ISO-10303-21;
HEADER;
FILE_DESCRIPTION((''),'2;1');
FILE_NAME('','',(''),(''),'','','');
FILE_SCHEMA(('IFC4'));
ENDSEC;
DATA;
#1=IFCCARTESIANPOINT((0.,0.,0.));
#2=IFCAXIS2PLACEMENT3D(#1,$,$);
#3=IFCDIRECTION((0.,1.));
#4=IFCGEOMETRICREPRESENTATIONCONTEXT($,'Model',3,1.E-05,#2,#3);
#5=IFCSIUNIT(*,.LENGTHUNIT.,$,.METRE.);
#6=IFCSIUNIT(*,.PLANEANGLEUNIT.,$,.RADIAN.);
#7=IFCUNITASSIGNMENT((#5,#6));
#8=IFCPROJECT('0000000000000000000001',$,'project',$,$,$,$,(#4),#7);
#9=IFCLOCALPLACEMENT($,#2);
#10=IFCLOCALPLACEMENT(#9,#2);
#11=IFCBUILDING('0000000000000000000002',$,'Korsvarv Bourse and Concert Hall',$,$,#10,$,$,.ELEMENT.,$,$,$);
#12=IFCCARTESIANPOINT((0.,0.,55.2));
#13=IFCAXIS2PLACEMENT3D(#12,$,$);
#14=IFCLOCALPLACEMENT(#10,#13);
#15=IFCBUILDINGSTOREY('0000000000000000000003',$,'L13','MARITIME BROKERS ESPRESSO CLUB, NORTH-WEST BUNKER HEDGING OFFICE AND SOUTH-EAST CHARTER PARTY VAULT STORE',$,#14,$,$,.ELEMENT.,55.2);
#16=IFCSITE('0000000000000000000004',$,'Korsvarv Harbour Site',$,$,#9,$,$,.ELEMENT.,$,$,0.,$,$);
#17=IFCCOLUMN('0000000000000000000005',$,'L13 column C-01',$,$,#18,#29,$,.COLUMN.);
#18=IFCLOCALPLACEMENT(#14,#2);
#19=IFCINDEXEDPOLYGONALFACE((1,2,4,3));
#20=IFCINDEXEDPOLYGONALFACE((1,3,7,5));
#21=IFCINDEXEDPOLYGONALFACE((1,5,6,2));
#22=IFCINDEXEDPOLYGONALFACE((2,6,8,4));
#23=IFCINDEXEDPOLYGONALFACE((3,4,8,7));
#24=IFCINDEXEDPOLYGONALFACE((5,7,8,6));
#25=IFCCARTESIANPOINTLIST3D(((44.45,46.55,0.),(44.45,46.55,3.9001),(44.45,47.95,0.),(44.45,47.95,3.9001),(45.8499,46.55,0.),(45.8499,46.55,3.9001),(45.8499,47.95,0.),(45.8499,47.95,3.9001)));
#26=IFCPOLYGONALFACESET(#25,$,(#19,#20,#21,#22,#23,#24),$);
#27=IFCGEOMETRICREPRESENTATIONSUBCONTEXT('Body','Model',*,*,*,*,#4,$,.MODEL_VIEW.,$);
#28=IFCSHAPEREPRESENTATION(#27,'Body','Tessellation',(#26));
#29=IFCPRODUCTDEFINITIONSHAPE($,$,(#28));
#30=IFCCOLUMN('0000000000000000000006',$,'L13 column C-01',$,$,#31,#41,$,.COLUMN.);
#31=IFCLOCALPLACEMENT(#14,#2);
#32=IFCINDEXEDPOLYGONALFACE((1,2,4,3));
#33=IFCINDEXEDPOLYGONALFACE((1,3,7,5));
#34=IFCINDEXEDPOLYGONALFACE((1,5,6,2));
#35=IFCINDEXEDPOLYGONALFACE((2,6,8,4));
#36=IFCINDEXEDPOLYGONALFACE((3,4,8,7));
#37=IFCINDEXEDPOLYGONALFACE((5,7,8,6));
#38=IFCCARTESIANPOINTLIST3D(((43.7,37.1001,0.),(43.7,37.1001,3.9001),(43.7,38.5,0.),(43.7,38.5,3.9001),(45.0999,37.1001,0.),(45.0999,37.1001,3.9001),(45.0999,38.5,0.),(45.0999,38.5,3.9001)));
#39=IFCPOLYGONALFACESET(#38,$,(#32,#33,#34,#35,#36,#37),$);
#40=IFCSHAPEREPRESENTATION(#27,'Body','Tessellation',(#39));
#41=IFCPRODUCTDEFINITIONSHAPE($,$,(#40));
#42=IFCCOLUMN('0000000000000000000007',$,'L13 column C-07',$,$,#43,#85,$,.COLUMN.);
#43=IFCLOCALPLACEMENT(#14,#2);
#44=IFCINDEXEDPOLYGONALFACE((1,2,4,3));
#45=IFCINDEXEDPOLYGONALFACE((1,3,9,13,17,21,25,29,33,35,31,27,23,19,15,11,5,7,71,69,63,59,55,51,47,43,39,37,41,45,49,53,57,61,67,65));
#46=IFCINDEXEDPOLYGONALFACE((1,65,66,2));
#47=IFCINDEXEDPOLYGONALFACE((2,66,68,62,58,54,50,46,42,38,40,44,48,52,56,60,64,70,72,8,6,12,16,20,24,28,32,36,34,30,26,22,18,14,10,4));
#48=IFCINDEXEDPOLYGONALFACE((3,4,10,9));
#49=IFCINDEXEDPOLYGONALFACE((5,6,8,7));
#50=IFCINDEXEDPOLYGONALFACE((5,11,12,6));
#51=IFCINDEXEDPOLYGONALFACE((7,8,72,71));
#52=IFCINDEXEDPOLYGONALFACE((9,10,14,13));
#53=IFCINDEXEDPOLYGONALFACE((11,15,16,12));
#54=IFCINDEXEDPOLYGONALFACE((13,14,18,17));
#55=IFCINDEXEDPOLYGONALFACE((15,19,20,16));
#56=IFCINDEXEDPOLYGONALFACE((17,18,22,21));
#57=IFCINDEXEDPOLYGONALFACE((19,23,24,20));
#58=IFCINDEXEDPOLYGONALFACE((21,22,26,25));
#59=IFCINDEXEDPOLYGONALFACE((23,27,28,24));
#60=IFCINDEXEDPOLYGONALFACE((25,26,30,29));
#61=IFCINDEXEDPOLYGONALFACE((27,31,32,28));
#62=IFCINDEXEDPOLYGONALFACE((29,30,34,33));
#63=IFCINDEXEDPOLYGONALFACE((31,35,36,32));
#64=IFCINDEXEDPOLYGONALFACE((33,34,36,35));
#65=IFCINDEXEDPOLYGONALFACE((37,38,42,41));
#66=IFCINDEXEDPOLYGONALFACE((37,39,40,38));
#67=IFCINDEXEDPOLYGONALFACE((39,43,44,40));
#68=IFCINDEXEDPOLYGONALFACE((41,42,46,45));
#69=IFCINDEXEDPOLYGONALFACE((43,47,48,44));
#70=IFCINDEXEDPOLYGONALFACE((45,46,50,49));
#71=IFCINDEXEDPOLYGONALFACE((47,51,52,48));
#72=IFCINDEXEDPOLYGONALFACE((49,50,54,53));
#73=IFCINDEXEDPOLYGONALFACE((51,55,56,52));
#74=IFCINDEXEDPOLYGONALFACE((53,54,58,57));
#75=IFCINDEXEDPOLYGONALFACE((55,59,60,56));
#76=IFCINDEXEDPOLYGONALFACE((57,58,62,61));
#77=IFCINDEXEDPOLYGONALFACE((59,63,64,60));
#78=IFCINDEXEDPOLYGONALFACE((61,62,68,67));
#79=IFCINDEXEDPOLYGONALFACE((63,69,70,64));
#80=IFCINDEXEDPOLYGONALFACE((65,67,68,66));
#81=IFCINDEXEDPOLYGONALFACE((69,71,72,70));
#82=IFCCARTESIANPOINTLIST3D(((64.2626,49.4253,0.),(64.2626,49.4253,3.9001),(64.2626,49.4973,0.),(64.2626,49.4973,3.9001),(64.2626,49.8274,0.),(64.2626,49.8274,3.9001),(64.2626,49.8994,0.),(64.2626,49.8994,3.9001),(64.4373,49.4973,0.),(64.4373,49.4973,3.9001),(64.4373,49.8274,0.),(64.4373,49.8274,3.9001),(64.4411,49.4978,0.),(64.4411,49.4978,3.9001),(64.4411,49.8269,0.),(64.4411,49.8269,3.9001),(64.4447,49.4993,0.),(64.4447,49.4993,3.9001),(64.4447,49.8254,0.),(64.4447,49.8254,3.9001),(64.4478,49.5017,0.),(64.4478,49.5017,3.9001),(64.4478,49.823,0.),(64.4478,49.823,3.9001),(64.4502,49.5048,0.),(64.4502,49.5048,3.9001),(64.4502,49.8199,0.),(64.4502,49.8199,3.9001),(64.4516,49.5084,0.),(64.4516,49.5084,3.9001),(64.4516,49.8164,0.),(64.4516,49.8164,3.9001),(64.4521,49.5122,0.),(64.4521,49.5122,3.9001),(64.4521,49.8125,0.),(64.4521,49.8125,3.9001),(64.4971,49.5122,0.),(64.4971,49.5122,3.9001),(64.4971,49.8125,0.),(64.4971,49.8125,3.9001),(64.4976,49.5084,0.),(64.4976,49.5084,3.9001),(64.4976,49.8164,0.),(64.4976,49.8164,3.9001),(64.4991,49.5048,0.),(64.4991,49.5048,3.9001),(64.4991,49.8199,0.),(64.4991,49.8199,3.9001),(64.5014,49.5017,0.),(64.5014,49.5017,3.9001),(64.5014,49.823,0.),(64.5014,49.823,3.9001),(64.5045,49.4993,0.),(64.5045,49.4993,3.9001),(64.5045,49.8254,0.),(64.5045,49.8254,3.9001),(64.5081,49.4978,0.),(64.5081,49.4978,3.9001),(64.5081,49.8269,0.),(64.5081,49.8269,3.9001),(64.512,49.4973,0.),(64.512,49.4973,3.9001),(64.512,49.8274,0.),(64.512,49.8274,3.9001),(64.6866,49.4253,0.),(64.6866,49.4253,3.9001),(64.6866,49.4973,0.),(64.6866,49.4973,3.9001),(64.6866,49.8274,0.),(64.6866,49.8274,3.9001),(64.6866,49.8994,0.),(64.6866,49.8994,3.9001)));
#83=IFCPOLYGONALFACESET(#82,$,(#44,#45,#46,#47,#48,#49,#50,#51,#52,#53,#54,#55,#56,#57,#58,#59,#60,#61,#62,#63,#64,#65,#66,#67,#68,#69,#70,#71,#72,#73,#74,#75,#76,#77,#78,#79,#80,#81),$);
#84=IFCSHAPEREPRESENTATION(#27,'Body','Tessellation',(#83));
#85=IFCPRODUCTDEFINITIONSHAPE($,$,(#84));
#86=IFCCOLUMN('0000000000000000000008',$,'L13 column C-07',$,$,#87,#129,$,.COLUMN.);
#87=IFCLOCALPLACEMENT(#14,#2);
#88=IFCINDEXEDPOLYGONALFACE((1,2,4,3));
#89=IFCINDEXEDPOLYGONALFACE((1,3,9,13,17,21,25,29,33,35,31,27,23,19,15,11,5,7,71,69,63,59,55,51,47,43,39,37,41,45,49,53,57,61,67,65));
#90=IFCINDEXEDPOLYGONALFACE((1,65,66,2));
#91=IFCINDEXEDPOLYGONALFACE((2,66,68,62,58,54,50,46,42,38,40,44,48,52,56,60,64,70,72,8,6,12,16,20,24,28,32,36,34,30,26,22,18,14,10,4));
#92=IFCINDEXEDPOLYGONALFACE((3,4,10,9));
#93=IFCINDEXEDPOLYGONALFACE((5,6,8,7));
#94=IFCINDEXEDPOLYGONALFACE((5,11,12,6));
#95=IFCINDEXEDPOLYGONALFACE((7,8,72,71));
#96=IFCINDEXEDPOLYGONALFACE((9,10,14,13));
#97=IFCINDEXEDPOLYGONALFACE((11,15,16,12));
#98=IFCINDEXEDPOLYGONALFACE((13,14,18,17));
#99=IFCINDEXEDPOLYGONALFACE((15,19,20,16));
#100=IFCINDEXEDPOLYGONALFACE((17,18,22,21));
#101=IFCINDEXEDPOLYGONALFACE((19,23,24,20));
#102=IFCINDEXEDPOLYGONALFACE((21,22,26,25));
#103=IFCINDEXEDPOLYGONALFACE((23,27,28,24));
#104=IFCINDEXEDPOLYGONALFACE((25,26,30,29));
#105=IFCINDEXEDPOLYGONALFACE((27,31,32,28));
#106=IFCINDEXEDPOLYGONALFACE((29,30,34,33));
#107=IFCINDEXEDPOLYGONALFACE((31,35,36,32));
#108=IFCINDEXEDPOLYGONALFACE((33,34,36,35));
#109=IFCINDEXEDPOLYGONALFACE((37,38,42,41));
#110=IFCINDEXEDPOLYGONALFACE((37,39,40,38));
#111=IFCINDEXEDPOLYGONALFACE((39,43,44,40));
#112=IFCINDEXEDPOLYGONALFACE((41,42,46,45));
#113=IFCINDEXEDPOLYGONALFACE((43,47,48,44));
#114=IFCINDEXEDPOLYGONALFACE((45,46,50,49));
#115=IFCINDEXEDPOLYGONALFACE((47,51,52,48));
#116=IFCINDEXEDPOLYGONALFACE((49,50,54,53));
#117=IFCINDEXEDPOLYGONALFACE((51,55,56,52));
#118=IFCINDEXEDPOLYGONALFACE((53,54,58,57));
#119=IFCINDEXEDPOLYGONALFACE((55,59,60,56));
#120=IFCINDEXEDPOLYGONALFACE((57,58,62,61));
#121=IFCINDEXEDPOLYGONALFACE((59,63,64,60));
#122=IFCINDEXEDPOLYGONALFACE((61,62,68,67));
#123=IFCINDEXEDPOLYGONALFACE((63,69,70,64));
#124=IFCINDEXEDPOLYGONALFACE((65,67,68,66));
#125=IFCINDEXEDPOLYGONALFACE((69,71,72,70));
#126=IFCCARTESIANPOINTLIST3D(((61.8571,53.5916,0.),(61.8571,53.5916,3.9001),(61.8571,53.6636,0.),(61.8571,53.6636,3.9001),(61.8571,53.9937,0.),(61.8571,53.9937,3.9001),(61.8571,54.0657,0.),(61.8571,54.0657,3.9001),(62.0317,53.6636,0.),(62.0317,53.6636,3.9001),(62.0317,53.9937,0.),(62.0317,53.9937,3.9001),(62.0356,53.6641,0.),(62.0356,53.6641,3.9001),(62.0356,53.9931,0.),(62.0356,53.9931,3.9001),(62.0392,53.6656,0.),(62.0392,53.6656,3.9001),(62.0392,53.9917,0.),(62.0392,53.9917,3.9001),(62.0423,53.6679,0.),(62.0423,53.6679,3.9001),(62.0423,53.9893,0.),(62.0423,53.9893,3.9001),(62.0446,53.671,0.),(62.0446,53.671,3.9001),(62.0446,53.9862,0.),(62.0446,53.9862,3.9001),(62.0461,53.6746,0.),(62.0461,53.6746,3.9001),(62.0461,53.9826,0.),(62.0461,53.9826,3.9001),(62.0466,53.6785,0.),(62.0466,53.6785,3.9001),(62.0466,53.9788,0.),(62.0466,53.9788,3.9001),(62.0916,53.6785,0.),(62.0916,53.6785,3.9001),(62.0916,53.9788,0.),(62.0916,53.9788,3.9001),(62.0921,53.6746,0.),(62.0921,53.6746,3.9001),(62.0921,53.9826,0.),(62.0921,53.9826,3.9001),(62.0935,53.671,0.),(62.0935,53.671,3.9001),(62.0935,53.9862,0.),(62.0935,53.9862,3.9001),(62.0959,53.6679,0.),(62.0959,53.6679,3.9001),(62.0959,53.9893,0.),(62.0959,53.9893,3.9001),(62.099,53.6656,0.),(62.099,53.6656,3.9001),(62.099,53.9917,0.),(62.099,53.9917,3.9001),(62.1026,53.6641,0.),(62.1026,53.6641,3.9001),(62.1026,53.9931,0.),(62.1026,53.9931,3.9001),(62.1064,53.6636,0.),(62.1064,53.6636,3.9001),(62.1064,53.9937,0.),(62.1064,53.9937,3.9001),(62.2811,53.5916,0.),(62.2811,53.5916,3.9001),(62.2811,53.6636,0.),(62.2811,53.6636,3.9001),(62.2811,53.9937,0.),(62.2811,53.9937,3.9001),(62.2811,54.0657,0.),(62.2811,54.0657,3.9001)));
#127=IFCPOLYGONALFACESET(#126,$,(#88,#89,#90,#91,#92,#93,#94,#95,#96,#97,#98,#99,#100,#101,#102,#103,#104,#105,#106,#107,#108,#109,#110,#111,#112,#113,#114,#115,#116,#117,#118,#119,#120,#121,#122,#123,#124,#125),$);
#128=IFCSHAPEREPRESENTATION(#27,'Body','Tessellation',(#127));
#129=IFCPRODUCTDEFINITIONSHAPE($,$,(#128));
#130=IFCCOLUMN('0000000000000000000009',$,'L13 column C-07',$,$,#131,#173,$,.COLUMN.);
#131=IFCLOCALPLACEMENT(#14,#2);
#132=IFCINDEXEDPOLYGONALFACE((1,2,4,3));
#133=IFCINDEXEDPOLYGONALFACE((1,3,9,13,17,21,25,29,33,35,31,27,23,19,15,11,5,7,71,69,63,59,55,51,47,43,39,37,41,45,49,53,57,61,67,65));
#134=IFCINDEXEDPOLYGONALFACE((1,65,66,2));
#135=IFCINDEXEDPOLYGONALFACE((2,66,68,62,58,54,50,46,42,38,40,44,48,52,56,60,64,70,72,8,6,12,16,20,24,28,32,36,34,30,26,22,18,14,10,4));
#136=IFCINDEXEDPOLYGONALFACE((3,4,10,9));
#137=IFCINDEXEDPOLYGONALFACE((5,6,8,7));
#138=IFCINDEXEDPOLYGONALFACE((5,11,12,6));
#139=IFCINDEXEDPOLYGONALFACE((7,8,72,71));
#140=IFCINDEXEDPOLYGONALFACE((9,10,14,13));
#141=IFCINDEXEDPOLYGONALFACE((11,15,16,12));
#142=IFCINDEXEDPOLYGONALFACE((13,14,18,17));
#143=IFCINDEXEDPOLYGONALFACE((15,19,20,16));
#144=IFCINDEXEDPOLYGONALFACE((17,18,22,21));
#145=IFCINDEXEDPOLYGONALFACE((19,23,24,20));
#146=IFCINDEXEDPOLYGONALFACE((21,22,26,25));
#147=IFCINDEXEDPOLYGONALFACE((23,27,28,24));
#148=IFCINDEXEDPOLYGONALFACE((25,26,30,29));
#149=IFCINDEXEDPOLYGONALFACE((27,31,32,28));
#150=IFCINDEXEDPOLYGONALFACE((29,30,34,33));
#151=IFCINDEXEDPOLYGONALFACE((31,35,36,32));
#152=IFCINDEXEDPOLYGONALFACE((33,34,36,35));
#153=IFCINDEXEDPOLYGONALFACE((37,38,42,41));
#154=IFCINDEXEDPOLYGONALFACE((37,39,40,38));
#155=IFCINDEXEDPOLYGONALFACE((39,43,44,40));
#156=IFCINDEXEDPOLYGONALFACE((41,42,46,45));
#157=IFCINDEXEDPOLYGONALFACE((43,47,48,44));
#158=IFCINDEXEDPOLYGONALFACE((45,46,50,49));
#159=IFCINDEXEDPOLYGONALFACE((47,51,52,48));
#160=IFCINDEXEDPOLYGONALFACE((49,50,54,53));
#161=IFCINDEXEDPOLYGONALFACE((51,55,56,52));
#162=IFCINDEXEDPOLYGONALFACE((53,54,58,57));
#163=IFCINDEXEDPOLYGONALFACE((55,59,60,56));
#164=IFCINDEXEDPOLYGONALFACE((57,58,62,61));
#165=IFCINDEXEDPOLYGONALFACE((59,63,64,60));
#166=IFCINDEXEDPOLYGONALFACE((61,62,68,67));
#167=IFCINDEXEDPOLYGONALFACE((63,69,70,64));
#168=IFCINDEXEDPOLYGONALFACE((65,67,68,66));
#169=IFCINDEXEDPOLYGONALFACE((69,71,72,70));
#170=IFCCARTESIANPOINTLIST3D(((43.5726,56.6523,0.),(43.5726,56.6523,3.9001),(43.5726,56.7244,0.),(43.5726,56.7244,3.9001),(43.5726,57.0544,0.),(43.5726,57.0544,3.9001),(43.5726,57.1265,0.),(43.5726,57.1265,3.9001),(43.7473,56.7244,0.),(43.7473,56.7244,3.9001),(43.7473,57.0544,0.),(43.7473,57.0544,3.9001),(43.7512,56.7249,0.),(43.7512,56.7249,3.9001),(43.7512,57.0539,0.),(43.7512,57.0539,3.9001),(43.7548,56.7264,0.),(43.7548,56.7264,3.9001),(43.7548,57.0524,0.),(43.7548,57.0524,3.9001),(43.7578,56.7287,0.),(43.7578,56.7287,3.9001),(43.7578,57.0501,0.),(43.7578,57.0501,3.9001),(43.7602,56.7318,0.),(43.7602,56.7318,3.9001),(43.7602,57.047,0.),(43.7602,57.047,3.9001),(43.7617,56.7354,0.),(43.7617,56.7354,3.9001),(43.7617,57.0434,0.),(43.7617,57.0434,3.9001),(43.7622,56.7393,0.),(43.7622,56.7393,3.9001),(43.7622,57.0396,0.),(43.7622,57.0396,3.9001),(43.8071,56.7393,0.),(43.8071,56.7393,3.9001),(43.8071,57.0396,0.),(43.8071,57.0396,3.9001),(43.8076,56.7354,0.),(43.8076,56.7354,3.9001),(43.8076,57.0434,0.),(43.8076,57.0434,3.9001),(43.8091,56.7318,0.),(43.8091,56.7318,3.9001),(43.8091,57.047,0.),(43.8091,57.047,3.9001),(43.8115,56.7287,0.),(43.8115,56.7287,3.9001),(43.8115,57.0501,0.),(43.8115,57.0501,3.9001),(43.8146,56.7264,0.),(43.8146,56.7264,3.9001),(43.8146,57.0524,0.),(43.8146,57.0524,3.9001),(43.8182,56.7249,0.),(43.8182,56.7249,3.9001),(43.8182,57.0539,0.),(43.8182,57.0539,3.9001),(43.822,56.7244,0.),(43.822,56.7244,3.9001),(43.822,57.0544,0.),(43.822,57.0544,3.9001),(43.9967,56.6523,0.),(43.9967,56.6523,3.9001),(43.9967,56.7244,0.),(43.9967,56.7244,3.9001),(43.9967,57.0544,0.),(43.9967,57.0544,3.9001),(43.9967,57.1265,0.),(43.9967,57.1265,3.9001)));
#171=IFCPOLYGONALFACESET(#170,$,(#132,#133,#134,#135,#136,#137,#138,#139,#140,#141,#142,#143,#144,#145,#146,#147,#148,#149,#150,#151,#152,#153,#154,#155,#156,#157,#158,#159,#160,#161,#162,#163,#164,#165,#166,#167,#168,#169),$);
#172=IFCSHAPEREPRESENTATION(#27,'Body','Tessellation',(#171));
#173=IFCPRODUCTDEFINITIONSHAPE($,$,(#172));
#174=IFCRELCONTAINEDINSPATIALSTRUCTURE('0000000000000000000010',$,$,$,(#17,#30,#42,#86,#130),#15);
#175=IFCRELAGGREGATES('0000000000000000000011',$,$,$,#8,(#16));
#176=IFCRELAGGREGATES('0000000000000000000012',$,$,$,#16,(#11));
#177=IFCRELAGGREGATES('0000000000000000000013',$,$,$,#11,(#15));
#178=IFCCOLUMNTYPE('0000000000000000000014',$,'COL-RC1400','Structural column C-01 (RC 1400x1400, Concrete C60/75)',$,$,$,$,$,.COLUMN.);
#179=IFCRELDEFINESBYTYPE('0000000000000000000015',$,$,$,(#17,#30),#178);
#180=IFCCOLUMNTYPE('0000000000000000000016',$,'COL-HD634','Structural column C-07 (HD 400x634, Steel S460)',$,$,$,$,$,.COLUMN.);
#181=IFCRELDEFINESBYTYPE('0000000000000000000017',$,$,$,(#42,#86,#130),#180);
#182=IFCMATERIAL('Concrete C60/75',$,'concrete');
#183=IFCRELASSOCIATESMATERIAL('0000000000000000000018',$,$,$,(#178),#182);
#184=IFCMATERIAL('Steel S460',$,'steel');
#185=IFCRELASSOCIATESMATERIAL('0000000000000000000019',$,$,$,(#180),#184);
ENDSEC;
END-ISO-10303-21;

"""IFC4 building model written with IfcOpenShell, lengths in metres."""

from ifc_helpers import new_model, si_unit, direction, frame, origin, origin_2d, place, context, subcontext, project, spatial, rectangle, i_section, extrude, source, transform, mapped, material, material_profile, profile_set, type_object, element, save


model = new_model("IFC4")

# Units and contexts
model_context = context("Model", 3, precision=1e-05, world=origin(), true_north=direction((0.0, 1.0)))
body_context = subcontext(model_context, "Body", "Model", "MODEL_VIEW")
ifc_project = project(units=[si_unit("LENGTHUNIT", "METRE"), si_unit("PLANEANGLEUNIT", "RADIAN")], contexts=[model_context])

# Site, building, storey
site_placement = place(None, origin())
site = spatial("IfcSite", under=ifc_project, at=site_placement, Name="Korsvarv Harbour Site", CompositionType="ELEMENT", RefElevation=0.0)
building_placement = place(site_placement, origin())
building = spatial("IfcBuilding", under=site, at=building_placement, Name="Korsvarv Bourse and Concert Hall", CompositionType="ELEMENT")
storey_placement = place(building_placement, frame((0.0, 0.0, 55.2)))
storey = spatial("IfcBuildingStorey", under=building, at=storey_placement, Name="L13", Description="MARITIME BROKERS ESPRESSO CLUB, NORTH-WEST BUNKER HEDGING OFFICE AND SOUTH-EAST CHARTER PARTY VAULT STORE", CompositionType="ELEMENT", Elevation=55.2)

# Columns
ifc_material_1 = material(Name="Concrete C60/75", Category="concrete")
ifc_material_profile_1 = material_profile(ifc_material_1, rectangle(XDim=1.3999, YDim=1.3999, at=origin_2d()), Name="RC 1400x1400")
ifc_profile_set_1 = profile_set([ifc_material_profile_1], Name="Concrete C60/75")
column_type_1 = type_object("IfcColumnType", Name="COL-RC1400", Description="Structural column C-01 (RC 1400x1400, Concrete C60/75)", PredefinedType="COLUMN", material=ifc_profile_set_1)
shared_shape_1 = source(origin(), body_context, "Body", "SweptSolid", [
    extrude(rectangle(XDim=1.3999, YDim=1.3999, at=origin_2d()), origin(), (0.0, 0.0, 1.0), 3.9001),
])
for number, where, z_axis, x_axis, name in (
    (1, (45.1499, 47.25, 0.0), (0.0, 0.0, 1.0), (1.0, 0.0, 0.0), "L13 column C-01"),
    (2, (44.3999, 37.8, 0.0), (0.0, 0.0, 1.0), (1.0, 0.0, 0.0), "L13 column C-01"),
):
    element("IfcColumn", number, at=place(storey_placement, frame(where, z_axis=z_axis, x_axis=x_axis)), inside=storey, type_object=column_type_1, Name=name, PredefinedType="COLUMN", context=body_context, shape_type="MappedRepresentation", body=[
        mapped(shared_shape_1, transform((0.0, 0.0, 0.0), scale=1.0)),
    ])
ifc_material_2 = material(Name="Steel S460", Category="steel")
ifc_material_profile_2 = material_profile(ifc_material_2, i_section(OverallWidth=0.4241, OverallDepth=0.4741, WebThickness=0.0449, FlangeThickness=0.072, FilletRadius=0.0149, at=origin_2d()), Name="HD 400x634")
ifc_profile_set_2 = profile_set([ifc_material_profile_2], Name="Steel S460")
column_type_2 = type_object("IfcColumnType", Name="COL-HD634", Description="Structural column C-07 (HD 400x634, Steel S460)", PredefinedType="COLUMN", material=ifc_profile_set_2)
shared_shape_2 = source(origin(), body_context, "Body", "SweptSolid", [
    extrude(i_section(OverallWidth=0.4241, OverallDepth=0.4741, WebThickness=0.0449, FlangeThickness=0.072, FilletRadius=0.0149, at=origin_2d()), origin(), (0.0, 0.0, 1.0), 3.9001),
])
for number, where, z_axis, x_axis, name in (
    (3, (64.4746, 49.6624, 0.0), (0.0, 0.0, 1.0), (1.0, 0.0, 0.0), "L13 column C-07"),
    (4, (62.0691, 53.8286, 0.0), (0.0, 0.0, 1.0), (1.0, 0.0, 0.0), "L13 column C-07"),
    (5, (43.7847, 56.8894, 0.0), (0.0, 0.0, 1.0), (1.0, 0.0, 0.0), "L13 column C-07"),
):
    element("IfcColumn", number, at=place(storey_placement, frame(where, z_axis=z_axis, x_axis=x_axis)), inside=storey, type_object=column_type_2, Name=name, PredefinedType="COLUMN", context=body_context, shape_type="MappedRepresentation", body=[
        mapped(shared_shape_2, transform((0.0, 0.0, 0.0), scale=1.0)),
    ])

save(model, "model.ifc")
